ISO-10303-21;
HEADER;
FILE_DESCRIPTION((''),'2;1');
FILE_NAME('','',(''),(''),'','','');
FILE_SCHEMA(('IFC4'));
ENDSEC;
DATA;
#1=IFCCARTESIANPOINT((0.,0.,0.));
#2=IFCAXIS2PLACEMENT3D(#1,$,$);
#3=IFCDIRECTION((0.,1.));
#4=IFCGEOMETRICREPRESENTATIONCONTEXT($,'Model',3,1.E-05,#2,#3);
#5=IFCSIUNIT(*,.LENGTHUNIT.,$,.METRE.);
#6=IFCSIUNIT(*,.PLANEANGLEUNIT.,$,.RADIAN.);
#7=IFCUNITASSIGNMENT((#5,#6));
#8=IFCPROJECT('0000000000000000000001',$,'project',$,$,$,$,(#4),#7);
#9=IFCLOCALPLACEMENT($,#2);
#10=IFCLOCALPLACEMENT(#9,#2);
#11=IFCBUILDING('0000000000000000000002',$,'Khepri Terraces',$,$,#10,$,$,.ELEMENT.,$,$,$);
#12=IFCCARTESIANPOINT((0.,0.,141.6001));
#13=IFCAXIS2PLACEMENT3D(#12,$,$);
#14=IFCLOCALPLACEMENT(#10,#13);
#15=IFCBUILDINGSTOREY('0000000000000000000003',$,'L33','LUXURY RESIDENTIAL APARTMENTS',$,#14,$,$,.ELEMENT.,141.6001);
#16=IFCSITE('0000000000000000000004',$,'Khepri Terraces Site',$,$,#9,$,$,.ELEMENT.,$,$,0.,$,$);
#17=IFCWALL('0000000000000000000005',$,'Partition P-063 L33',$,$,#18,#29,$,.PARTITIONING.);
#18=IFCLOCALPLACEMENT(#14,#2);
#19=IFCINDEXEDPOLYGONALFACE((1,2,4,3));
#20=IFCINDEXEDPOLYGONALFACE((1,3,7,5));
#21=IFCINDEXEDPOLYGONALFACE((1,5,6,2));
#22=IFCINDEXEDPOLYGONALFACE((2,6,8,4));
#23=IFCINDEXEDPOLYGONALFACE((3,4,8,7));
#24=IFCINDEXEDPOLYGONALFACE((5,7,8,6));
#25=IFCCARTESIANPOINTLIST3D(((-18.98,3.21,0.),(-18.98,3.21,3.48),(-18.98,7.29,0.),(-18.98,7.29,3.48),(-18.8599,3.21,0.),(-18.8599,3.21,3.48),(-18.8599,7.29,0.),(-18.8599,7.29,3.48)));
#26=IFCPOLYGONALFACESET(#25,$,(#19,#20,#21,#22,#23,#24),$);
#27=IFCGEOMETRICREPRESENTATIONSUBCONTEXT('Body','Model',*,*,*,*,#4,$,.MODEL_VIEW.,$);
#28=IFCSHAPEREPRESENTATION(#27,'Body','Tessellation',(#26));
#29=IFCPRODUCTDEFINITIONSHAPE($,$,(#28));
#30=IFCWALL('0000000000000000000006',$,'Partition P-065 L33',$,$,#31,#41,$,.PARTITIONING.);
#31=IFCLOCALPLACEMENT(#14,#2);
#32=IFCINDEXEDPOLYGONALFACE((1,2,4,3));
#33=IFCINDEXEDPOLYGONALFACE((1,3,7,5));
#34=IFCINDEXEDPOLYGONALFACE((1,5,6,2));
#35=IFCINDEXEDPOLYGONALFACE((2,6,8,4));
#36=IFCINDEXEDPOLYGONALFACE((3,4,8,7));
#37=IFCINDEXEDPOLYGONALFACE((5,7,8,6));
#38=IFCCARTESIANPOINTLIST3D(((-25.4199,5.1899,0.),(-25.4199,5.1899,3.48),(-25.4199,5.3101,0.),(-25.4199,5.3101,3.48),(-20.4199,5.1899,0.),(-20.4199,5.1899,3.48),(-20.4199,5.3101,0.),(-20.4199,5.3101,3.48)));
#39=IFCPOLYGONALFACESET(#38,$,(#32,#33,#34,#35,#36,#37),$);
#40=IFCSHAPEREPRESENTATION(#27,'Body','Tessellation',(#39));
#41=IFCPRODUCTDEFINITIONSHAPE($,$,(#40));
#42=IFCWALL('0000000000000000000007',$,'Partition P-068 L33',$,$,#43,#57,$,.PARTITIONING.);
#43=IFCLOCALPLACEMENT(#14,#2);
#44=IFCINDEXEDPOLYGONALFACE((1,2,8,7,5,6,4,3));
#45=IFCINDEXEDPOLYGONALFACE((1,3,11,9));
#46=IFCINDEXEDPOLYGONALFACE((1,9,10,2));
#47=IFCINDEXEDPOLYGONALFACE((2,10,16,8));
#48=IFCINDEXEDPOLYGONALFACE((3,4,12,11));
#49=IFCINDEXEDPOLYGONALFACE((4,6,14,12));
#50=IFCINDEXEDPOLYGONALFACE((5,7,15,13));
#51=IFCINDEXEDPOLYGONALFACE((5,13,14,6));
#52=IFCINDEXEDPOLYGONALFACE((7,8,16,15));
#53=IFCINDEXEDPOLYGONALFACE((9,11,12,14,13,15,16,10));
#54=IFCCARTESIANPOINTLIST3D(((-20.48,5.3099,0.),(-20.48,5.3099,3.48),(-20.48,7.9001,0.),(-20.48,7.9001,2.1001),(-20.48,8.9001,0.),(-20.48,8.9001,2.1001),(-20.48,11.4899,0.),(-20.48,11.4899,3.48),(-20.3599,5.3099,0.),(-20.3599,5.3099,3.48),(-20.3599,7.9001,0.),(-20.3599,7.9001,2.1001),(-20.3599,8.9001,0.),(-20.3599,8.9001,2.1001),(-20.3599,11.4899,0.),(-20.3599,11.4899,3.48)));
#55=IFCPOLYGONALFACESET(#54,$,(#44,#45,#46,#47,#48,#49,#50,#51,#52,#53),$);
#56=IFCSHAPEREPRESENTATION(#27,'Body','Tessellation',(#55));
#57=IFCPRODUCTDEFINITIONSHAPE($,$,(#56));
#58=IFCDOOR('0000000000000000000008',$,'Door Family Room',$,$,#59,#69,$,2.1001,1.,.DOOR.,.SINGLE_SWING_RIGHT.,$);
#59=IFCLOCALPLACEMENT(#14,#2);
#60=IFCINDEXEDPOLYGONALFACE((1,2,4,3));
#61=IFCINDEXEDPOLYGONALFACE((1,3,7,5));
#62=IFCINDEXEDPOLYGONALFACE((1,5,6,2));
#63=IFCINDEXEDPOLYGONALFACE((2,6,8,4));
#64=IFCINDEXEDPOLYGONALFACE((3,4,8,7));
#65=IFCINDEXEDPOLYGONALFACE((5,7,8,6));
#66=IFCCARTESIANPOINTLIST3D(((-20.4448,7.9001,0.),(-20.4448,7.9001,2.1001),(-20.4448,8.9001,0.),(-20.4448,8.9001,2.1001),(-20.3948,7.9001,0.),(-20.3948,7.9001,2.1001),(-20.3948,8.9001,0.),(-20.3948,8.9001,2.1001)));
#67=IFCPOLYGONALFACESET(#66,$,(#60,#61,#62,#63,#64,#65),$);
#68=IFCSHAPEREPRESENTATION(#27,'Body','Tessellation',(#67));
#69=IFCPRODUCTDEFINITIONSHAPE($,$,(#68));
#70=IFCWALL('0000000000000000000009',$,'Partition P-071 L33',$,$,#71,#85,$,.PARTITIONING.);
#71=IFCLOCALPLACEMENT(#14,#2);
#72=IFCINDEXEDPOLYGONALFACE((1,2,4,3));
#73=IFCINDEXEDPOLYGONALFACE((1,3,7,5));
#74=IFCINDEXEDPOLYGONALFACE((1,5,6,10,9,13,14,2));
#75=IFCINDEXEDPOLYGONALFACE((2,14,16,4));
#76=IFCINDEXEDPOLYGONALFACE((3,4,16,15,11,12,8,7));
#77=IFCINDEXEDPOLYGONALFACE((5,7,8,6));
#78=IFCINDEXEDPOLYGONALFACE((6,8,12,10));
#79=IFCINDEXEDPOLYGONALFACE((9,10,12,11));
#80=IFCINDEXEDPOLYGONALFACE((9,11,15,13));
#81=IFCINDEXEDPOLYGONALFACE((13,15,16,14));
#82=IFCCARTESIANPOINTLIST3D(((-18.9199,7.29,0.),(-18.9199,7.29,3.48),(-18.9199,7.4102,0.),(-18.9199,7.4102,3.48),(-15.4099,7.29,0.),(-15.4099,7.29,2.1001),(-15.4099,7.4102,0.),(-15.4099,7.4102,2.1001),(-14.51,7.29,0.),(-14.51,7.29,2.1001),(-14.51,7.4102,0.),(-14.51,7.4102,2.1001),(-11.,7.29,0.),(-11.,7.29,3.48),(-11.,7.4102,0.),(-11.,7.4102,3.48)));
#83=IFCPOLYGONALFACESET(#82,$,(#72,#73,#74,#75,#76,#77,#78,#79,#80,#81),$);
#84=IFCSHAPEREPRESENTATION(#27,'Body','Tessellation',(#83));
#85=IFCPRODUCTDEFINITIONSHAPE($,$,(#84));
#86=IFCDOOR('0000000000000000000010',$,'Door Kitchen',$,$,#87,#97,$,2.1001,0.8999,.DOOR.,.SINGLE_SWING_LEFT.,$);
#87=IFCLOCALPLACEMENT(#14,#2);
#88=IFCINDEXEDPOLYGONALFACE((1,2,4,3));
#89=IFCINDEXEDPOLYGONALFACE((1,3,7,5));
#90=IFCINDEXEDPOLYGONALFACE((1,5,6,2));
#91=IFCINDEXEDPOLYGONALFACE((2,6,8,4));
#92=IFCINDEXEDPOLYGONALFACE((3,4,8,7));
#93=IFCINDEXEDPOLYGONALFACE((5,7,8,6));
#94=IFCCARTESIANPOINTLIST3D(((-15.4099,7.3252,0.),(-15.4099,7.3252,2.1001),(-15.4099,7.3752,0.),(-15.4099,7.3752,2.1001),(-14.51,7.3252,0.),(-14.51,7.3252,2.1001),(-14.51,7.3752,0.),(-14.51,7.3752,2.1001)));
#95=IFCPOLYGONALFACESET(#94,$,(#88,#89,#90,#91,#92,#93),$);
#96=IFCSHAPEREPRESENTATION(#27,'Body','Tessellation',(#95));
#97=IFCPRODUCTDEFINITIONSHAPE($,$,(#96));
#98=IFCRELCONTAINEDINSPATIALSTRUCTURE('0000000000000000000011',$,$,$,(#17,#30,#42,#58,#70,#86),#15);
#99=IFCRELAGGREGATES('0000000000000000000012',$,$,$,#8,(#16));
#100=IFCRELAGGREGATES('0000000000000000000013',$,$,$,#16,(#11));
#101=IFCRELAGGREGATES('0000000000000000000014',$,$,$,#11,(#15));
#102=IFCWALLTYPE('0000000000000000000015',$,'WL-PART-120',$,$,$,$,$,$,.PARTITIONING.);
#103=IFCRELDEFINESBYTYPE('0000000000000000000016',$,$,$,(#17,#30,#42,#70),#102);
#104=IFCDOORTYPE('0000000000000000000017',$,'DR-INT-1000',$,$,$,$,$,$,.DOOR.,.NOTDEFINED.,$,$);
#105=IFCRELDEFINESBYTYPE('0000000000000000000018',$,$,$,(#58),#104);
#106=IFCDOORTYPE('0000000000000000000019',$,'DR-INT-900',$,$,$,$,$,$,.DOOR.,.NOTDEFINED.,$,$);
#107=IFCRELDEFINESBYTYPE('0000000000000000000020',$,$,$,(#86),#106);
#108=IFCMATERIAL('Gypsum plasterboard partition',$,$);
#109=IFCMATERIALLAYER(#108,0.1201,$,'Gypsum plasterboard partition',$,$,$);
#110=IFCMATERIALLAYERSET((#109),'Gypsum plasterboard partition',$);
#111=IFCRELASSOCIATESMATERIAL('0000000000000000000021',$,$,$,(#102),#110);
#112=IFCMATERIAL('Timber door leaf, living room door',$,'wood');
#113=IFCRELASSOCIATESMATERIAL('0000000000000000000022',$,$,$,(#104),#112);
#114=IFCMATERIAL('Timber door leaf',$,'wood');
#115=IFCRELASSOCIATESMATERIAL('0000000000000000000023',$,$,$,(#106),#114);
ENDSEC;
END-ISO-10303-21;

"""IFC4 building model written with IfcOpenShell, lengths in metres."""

from ifc_helpers import new_model, si_unit, direction, frame, frame_2d, origin, place, context, subcontext, project, spatial, rectangle, extrude, material, layer, layer_set, type_object, element, fill, save


model = new_model("IFC4")

# Units and contexts
model_context = context("Model", 3, precision=1e-05, world=origin(), true_north=direction((0.0, 1.0)))
body_context = subcontext(model_context, "Body", "Model", "MODEL_VIEW")
ifc_project = project(units=[si_unit("LENGTHUNIT", "METRE"), si_unit("PLANEANGLEUNIT", "RADIAN")], contexts=[model_context])

# Site, building, storey
site_placement = place(None, origin())
site = spatial("IfcSite", under=ifc_project, at=site_placement, Name="Khepri Terraces Site", CompositionType="ELEMENT", RefElevation=0.0)
building_placement = place(site_placement, origin())
building = spatial("IfcBuilding", under=site, at=building_placement, Name="Khepri Terraces", CompositionType="ELEMENT")
storey_placement = place(building_placement, frame((0.0, 0.0, 141.6001)))
storey = spatial("IfcBuildingStorey", under=building, at=storey_placement, Name="L33", Description="LUXURY RESIDENTIAL APARTMENTS", CompositionType="ELEMENT", Elevation=141.6001)

# Walls
ifc_material_1 = material(Name="Gypsum plasterboard partition")
ifc_layer_1 = layer(ifc_material_1, 0.1201, Name="Gypsum plasterboard partition")
ifc_layer_set_1 = layer_set([ifc_layer_1], Name="Gypsum plasterboard partition")
wall_type_1 = type_object("IfcWallType", Name="WL-PART-120", PredefinedType="PARTITIONING", material=ifc_layer_set_1)
wall_1_placement = place(storey_placement, frame((-18.9199, 3.21, 0.0), z_axis=(0.0, 0.0, 1.0), x_axis=(0.0, 1.0, 0.0)))
element("IfcWall", 1, at=wall_1_placement, inside=storey, type_object=wall_type_1, Name="Partition P-063 L33", PredefinedType="PARTITIONING", context=body_context, shape_type="SweptSolid", body=[
    extrude(rectangle(XDim=4.0801, YDim=0.1201, at=frame_2d((2.04, 0.0))), origin(), (0.0, 0.0, 1.0), 3.48),
])
wall_2_placement = place(storey_placement, frame((-25.4199, 5.25, 0.0), z_axis=(0.0, 0.0, 1.0), x_axis=(1.0, 0.0, 0.0)))
element("IfcWall", 2, at=wall_2_placement, inside=storey, type_object=wall_type_1, Name="Partition P-065 L33", PredefinedType="PARTITIONING", context=body_context, shape_type="SweptSolid", body=[
    extrude(rectangle(XDim=5.0, YDim=0.1201, at=frame_2d((2.5, 0.0))), origin(), (0.0, 0.0, 1.0), 3.48),
])

# Walls, openings, doors
wall_3_placement = place(storey_placement, frame((-20.4199, 5.3101, 0.0), z_axis=(0.0, 0.0, 1.0), x_axis=(0.0, 1.0, 0.0)))
wall_3 = element("IfcWall", 3, at=wall_3_placement, inside=storey, type_object=wall_type_1, Name="Partition P-068 L33", PredefinedType="PARTITIONING", context=body_context, shape_type="SweptSolid", body=[
    extrude(rectangle(XDim=6.1799, YDim=0.1201, at=frame_2d((3.0898, 0.0))), origin(), (0.0, 0.0, 1.0), 3.48),
])
opening_1_placement = place(wall_3_placement, frame((2.5901, 0.0, 0.0)))
opening_1 = element("IfcOpeningElement", 4, at=opening_1_placement, cuts=wall_3, PredefinedType="OPENING", context=body_context, shape_type="SweptSolid", body=[
    extrude(rectangle(XDim=1.0, YDim=2.1001, at=frame_2d((0.5, 1.05))), frame((0.0, 0.0701, 0.0), z_axis=(0.0, -1.0, 0.0), x_axis=(1.0, 0.0, 0.0)), (0.0, 0.0, 1.0), 0.1401),
])
ifc_material_2 = material(Name="Timber door leaf, living room door", Category="wood")
door_type_1 = type_object("IfcDoorType", Name="DR-INT-1000", OperationType="NOTDEFINED", PredefinedType="DOOR", material=ifc_material_2)
door_1_placement = place(opening_1_placement, origin())
door_1 = element("IfcDoor", 5, at=door_1_placement, inside=storey, type_object=door_type_1, Name="Door Family Room", OperationType="SINGLE_SWING_RIGHT", OverallHeight=2.1001, OverallWidth=1.0, PredefinedType="DOOR", context=body_context, shape_type="SweptSolid", body=[
    extrude(rectangle(XDim=1.0, YDim=2.1001, at=frame_2d((0.5, 1.05))), frame((0.0, 0.0249, 0.0), z_axis=(0.0, -1.0, 0.0), x_axis=(1.0, 0.0, 0.0)), (0.0, 0.0, 1.0), 0.05),
])
fill(opening_1, door_1)
wall_4_placement = place(storey_placement, frame((-18.9199, 7.3501, 0.0), z_axis=(0.0, 0.0, 1.0), x_axis=(1.0, 0.0, 0.0)))
wall_4 = element("IfcWall", 6, at=wall_4_placement, inside=storey, type_object=wall_type_1, Name="Partition P-071 L33", PredefinedType="PARTITIONING", context=body_context, shape_type="SweptSolid", body=[
    extrude(rectangle(XDim=7.9199, YDim=0.1201, at=frame_2d((3.96, 0.0))), origin(), (0.0, 0.0, 1.0), 3.48),
])
opening_2_placement = place(wall_4_placement, frame((3.51, 0.0, 0.0)))
opening_2 = element("IfcOpeningElement", 7, at=opening_2_placement, cuts=wall_4, PredefinedType="OPENING", context=body_context, shape_type="SweptSolid", body=[
    extrude(rectangle(XDim=0.8999, YDim=2.1001, at=frame_2d((0.45, 1.05))), frame((0.0, 0.0701, 0.0), z_axis=(0.0, -1.0, 0.0), x_axis=(1.0, 0.0, 0.0)), (0.0, 0.0, 1.0), 0.1401),
])
ifc_material_3 = material(Name="Timber door leaf", Category="wood")
door_type_2 = type_object("IfcDoorType", Name="DR-INT-900", OperationType="NOTDEFINED", PredefinedType="DOOR", material=ifc_material_3)
door_2_placement = place(opening_2_placement, frame((0.8999, 0.0, 0.0), z_axis=(0.0, 0.0, 1.0), x_axis=(-1.0, 0.0, 0.0)))
door_2 = element("IfcDoor", 8, at=door_2_placement, inside=storey, type_object=door_type_2, Name="Door Kitchen", OperationType="SINGLE_SWING_LEFT", OverallHeight=2.1001, OverallWidth=0.8999, PredefinedType="DOOR", context=body_context, shape_type="SweptSolid", body=[
    extrude(rectangle(XDim=0.8999, YDim=2.1001, at=frame_2d((0.45, 1.05))), frame((0.0, 0.0249, 0.0), z_axis=(0.0, -1.0, 0.0), x_axis=(1.0, 0.0, 0.0)), (0.0, 0.0, 1.0), 0.05),
])
fill(opening_2, door_2)

save(model, "model.ifc")
